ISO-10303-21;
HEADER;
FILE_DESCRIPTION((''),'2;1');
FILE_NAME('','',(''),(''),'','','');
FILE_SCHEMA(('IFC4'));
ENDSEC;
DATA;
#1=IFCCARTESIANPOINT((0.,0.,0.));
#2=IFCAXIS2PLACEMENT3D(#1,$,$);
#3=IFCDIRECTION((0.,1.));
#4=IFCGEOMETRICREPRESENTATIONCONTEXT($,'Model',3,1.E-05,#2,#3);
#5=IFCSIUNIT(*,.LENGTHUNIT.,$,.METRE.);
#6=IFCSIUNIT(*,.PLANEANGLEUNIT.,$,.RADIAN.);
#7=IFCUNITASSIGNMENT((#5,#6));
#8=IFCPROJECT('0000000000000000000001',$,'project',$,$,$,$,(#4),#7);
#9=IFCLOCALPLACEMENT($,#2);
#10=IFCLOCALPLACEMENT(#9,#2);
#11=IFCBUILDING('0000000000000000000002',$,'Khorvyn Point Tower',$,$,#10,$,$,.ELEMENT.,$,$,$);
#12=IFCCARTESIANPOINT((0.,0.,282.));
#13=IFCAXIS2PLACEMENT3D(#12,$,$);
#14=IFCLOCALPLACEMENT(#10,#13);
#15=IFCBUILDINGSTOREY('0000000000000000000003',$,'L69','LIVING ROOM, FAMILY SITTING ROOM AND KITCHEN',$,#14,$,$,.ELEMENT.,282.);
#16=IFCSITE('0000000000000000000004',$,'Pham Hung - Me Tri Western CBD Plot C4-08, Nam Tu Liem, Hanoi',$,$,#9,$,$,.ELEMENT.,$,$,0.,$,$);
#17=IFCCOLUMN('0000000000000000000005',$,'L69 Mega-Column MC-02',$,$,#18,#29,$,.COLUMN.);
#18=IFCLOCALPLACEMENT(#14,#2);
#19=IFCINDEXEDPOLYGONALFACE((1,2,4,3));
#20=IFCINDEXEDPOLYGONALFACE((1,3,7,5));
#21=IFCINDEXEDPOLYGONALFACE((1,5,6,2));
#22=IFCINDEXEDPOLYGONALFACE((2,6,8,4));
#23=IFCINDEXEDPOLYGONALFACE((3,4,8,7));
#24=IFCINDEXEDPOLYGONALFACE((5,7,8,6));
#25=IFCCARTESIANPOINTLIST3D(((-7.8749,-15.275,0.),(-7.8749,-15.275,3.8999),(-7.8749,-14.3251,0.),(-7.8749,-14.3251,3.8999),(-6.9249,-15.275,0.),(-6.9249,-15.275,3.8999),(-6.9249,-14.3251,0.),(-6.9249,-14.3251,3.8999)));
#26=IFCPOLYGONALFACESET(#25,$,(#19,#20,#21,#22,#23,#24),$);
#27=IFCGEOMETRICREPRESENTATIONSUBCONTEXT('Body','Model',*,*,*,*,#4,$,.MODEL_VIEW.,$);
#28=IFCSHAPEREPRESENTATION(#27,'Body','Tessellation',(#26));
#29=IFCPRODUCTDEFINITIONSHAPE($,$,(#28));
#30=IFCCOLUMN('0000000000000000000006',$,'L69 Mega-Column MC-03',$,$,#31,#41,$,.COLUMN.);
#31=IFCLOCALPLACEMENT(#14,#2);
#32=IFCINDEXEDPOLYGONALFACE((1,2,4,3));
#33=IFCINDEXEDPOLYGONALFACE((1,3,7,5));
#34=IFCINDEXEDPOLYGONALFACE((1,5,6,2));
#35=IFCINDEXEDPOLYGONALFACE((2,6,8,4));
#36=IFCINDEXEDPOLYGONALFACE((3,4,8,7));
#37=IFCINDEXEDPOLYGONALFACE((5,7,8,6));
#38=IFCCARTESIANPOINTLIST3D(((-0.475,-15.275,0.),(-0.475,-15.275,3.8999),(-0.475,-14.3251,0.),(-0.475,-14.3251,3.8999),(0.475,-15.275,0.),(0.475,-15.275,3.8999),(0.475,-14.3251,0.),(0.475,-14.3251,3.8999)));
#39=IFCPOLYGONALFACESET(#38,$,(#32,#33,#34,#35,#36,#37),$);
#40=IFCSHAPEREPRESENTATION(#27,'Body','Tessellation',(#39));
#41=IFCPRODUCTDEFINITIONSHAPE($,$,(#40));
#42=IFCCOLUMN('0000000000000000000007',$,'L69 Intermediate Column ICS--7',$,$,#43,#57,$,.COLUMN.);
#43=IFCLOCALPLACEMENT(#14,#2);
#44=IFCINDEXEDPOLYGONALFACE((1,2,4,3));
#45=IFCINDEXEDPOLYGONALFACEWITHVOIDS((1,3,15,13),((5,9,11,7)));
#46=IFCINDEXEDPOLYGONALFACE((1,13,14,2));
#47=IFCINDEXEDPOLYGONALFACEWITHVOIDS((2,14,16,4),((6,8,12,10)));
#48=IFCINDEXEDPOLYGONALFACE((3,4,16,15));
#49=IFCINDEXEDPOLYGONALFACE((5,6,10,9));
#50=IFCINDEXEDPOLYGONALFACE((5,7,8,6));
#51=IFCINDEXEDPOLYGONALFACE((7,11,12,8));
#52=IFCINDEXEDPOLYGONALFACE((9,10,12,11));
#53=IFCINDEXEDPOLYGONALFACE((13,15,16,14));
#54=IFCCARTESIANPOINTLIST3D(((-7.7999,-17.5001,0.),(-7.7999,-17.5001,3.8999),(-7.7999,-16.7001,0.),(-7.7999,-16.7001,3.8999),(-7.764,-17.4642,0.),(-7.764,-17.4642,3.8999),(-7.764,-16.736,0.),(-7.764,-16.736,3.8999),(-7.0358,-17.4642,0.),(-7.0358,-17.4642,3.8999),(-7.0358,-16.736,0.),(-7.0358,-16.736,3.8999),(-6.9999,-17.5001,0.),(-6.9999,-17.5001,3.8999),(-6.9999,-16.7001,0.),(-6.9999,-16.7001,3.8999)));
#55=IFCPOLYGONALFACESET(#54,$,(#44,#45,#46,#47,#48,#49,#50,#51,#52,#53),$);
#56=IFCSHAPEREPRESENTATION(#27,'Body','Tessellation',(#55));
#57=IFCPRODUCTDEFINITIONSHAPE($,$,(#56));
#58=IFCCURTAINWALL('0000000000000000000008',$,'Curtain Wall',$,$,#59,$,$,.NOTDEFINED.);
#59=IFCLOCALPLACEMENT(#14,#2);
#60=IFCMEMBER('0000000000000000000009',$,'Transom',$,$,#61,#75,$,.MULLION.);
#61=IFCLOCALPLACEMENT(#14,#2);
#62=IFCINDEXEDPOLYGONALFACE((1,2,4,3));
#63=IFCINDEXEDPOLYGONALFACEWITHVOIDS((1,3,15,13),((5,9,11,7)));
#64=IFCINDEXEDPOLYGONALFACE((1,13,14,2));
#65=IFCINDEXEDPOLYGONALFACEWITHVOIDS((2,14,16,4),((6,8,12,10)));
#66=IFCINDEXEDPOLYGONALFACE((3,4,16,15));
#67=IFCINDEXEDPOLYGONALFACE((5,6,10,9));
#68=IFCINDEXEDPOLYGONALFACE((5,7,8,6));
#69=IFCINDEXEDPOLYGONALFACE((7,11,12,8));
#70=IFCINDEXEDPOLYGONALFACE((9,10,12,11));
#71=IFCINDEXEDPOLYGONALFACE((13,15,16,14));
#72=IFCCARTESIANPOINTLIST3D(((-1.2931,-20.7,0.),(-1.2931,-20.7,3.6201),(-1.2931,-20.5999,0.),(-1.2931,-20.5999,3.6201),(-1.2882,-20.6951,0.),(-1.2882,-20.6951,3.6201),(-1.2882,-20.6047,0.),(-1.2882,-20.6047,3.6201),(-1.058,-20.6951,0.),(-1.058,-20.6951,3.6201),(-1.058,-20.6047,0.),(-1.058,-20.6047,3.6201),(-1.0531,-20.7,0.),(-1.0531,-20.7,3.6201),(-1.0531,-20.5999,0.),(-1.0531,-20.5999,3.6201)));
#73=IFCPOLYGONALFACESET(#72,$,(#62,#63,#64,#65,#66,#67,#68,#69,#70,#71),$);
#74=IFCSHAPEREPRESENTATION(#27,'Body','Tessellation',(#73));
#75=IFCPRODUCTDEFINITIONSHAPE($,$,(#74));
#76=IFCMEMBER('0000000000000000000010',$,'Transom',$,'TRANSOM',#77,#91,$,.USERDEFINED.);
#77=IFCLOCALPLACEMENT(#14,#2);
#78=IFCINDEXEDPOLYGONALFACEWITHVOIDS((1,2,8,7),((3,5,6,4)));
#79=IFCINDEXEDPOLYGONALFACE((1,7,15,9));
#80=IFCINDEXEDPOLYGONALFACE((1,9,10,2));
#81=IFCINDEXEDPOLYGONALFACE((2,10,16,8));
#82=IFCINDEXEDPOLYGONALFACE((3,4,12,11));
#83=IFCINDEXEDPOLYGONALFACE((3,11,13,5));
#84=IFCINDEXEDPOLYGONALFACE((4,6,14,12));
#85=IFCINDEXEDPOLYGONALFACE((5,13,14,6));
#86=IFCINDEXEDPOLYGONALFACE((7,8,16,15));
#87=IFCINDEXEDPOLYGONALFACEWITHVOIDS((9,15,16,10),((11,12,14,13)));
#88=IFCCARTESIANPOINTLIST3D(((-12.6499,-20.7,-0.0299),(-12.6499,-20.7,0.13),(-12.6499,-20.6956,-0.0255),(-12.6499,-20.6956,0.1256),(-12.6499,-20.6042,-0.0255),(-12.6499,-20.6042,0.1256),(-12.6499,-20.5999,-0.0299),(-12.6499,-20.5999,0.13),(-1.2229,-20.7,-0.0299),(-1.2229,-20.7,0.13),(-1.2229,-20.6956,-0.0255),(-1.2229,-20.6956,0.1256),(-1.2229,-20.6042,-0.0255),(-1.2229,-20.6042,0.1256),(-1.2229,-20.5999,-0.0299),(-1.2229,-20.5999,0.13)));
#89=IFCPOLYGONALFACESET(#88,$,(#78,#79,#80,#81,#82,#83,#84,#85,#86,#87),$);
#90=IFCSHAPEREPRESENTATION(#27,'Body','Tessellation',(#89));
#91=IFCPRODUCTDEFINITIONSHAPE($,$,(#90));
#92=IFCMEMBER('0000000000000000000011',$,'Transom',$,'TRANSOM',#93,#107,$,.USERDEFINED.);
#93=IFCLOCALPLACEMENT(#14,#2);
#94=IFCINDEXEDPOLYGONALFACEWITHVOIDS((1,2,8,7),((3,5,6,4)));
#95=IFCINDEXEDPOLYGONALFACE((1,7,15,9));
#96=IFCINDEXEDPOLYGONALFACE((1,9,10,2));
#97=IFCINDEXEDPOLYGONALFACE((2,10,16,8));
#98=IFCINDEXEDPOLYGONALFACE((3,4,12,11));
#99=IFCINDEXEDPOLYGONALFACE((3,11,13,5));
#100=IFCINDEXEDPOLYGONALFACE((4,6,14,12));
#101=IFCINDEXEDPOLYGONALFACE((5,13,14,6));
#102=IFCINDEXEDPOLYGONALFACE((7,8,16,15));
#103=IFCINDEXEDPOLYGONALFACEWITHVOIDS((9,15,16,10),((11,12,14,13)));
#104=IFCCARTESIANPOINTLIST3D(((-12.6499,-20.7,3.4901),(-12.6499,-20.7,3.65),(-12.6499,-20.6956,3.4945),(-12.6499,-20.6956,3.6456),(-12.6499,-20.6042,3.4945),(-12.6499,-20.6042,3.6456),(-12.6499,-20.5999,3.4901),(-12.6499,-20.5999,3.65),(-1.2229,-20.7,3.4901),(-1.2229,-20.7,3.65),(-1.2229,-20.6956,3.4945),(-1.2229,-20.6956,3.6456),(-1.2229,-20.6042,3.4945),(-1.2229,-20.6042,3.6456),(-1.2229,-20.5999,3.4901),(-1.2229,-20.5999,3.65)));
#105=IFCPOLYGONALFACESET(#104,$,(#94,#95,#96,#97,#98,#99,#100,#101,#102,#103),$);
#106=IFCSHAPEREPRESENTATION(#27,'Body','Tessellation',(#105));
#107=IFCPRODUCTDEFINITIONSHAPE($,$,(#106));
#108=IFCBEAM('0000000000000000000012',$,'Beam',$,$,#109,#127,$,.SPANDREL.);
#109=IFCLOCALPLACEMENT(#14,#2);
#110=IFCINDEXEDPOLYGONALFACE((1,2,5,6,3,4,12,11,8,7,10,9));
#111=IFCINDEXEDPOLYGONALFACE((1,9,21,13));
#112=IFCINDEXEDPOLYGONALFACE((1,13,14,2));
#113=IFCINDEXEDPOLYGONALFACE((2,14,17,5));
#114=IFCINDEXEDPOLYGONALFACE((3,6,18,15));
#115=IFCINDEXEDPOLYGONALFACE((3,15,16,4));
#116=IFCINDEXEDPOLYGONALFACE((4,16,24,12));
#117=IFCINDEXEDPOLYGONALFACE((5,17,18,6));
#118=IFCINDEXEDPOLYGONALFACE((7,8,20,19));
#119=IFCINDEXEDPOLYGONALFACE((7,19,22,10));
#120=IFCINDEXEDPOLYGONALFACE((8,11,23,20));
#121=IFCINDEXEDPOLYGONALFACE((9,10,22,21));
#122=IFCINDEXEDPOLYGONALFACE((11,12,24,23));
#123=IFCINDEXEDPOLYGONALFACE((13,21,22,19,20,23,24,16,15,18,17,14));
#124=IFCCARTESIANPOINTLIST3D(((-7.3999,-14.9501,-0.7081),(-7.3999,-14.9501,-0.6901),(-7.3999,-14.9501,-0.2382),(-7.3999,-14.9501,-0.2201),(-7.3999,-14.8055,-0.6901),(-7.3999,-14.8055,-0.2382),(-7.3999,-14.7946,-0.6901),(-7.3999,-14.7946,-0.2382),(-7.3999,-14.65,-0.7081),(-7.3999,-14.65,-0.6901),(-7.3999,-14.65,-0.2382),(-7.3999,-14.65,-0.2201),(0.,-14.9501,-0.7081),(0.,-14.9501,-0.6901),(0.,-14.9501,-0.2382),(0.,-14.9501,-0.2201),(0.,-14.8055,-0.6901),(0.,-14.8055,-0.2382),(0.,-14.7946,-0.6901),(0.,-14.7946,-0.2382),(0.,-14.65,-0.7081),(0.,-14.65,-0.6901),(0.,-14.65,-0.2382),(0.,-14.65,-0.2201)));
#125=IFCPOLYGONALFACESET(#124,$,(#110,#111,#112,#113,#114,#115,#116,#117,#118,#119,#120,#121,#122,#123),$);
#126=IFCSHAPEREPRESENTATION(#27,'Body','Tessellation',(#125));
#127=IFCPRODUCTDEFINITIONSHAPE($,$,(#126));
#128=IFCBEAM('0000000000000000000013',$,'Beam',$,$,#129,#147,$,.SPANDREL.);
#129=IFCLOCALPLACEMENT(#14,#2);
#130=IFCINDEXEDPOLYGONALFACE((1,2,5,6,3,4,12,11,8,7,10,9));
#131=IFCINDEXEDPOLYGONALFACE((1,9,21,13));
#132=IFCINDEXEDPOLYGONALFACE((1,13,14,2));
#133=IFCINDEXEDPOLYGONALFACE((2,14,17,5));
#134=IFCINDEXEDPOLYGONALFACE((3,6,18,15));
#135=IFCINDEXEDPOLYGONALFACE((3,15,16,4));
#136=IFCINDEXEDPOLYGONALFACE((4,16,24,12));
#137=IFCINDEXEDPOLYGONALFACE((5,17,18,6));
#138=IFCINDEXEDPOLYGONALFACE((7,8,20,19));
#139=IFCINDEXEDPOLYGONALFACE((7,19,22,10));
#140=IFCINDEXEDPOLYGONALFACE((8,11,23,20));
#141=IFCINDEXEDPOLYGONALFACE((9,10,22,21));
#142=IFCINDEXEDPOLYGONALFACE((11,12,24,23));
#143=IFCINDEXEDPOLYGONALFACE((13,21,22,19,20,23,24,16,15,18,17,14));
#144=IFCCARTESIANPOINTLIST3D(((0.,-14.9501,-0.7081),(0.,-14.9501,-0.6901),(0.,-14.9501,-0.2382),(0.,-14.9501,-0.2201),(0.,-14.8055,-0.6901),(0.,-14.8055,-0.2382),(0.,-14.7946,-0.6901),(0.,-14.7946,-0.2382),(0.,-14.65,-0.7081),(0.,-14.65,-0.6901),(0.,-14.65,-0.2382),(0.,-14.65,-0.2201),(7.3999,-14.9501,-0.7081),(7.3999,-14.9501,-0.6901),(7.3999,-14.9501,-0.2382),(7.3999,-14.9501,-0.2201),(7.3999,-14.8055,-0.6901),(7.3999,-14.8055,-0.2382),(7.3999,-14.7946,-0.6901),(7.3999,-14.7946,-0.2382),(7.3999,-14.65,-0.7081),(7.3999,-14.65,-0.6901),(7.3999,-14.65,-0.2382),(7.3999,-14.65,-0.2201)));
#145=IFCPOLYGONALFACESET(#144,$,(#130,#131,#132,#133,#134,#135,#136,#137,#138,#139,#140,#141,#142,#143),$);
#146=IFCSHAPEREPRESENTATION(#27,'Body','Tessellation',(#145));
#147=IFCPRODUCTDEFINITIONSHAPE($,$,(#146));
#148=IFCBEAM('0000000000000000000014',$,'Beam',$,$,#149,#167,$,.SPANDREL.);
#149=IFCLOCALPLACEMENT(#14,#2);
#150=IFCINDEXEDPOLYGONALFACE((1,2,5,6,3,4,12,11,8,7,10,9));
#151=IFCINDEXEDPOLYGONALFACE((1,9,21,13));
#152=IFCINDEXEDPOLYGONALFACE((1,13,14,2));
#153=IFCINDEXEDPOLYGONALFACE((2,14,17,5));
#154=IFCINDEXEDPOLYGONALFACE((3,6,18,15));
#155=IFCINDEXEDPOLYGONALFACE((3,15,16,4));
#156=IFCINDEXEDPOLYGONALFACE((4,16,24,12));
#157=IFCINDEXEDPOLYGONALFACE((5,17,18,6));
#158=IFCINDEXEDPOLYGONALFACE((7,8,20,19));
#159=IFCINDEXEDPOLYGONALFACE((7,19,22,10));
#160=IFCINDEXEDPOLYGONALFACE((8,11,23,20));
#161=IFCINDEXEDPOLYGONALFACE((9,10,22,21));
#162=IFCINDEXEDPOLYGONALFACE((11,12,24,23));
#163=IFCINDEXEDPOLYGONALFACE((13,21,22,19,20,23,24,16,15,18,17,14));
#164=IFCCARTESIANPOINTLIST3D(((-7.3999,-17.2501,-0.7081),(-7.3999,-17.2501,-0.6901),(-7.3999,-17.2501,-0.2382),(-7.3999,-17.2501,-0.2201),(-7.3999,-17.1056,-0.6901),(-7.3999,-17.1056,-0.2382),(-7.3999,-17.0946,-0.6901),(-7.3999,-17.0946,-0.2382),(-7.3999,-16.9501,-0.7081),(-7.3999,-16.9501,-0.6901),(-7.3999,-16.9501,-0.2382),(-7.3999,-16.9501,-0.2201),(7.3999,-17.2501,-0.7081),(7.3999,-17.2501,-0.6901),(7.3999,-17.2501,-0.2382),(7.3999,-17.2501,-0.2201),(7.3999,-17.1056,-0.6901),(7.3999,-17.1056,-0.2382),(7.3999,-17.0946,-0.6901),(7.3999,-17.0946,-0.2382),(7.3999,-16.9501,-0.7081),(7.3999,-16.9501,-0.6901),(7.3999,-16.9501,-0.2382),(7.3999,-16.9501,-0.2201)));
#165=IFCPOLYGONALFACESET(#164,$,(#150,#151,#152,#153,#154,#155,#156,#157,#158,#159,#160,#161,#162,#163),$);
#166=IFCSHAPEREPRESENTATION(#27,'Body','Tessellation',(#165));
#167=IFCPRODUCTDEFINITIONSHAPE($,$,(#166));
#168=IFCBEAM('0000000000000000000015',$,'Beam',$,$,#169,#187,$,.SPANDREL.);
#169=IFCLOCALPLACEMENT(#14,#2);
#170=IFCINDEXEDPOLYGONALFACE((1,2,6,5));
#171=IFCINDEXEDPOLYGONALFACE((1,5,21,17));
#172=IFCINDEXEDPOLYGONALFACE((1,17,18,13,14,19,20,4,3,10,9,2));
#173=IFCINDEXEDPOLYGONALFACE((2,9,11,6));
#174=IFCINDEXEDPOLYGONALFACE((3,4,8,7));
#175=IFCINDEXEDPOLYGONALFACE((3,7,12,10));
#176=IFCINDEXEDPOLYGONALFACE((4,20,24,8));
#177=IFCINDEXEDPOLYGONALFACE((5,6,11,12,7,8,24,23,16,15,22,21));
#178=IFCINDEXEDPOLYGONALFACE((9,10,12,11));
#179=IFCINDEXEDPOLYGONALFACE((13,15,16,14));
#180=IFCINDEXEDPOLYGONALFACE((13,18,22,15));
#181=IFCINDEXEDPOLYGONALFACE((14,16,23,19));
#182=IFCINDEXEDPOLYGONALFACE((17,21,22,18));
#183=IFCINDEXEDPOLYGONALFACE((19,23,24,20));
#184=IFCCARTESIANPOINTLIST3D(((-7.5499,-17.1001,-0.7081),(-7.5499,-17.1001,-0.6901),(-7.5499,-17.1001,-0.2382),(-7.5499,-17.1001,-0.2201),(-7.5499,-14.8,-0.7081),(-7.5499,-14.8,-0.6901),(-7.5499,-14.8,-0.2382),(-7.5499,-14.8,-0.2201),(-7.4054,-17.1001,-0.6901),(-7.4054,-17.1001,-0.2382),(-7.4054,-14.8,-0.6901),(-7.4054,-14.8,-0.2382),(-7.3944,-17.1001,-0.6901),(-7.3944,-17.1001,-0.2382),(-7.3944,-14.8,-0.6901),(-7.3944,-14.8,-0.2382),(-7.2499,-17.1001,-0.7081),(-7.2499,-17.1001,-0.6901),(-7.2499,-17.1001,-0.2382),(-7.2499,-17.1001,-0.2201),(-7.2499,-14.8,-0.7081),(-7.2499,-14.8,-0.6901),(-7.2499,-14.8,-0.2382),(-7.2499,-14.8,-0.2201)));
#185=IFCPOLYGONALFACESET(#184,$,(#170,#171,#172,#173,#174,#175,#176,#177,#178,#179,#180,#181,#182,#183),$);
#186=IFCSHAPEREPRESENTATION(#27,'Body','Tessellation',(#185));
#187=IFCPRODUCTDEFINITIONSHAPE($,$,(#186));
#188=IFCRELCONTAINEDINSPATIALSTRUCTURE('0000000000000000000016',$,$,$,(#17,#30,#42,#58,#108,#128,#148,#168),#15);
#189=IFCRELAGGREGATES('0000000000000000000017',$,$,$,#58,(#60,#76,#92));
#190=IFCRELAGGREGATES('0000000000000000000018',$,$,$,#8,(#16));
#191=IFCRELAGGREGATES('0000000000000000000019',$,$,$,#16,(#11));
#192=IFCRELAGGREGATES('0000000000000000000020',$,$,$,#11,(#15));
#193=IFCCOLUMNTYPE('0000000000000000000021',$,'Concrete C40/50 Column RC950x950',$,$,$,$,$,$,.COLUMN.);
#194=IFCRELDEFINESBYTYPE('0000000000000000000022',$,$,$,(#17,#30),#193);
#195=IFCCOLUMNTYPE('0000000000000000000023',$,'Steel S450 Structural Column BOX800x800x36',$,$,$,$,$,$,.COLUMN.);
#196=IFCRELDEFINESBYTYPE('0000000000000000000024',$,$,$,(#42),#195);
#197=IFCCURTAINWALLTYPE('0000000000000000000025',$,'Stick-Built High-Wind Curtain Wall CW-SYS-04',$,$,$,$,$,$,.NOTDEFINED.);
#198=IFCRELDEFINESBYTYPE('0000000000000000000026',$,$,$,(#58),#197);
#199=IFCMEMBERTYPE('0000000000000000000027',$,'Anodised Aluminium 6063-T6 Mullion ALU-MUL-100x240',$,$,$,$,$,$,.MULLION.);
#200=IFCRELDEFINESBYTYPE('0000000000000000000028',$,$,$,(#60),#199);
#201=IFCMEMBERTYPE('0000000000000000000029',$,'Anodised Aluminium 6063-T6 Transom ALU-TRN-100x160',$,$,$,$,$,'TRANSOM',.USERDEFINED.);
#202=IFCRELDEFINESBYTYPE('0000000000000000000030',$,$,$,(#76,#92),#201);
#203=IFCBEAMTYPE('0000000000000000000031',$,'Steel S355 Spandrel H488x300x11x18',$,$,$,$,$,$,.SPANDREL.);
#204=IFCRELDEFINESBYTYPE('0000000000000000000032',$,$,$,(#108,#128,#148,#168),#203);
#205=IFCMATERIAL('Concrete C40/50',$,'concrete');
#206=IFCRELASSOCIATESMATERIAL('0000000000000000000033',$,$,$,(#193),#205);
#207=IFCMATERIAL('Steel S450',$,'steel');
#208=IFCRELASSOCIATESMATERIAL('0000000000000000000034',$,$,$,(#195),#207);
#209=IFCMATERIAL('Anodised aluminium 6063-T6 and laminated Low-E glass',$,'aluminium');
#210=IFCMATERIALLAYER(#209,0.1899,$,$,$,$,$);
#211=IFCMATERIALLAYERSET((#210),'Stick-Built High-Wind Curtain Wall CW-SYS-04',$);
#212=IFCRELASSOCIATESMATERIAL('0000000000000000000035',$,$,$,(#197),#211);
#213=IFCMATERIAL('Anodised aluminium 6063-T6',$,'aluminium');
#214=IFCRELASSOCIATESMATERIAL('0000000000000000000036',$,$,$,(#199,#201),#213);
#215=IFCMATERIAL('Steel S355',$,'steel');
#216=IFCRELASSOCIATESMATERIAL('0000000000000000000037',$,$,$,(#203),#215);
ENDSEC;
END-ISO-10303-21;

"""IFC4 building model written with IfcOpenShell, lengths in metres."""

from ifc_helpers import new_model, si_unit, direction, frame, origin, origin_2d, place, context, subcontext, project, spatial, rectangle, hollow_rectangle, i_section, extrude, material, layer, layer_set, material_profile, profile_set, type_object, element, aggregate, save


model = new_model("IFC4")

# Units and contexts
model_context = context("Model", 3, precision=1e-05, world=origin(), true_north=direction((0.0, 1.0)))
body_context = subcontext(model_context, "Body", "Model", "MODEL_VIEW")
ifc_project = project(units=[si_unit("LENGTHUNIT", "METRE"), si_unit("PLANEANGLEUNIT", "RADIAN")], contexts=[model_context])

# Site, building, storey
site_placement = place(None, origin())
site = spatial("IfcSite", under=ifc_project, at=site_placement, Name="Pham Hung - Me Tri Western CBD Plot C4-08, Nam Tu Liem, Hanoi", CompositionType="ELEMENT", RefElevation=0.0)
building_placement = place(site_placement, origin())
building = spatial("IfcBuilding", under=site, at=building_placement, Name="Khorvyn Point Tower", CompositionType="ELEMENT")
storey_placement = place(building_placement, frame((0.0, 0.0, 282.0)))
storey = spatial("IfcBuildingStorey", under=building, at=storey_placement, Name="L69", Description="LIVING ROOM, FAMILY SITTING ROOM AND KITCHEN", CompositionType="ELEMENT", Elevation=282.0)

# Columns
ifc_material_1 = material(Name="Concrete C40/50", Category="concrete")
ifc_material_profile_1 = material_profile(ifc_material_1, rectangle(XDim=0.95, YDim=0.95, at=origin_2d()))
ifc_profile_set_1 = profile_set([ifc_material_profile_1], Name="Concrete C40/50 RC950x950")
column_type_1 = type_object("IfcColumnType", Name="Concrete C40/50 Column RC950x950", PredefinedType="COLUMN", material=ifc_profile_set_1)
for number, where, z_axis, x_axis, name in (
    (1, (-7.3999, -14.8, 0.0), (0.0, 0.0, 1.0), (1.0, 0.0, 0.0), "L69 Mega-Column MC-02"),
    (2, (0.0, -14.8, 0.0), (0.0, 0.0, 1.0), (1.0, 0.0, 0.0), "L69 Mega-Column MC-03"),
):
    element("IfcColumn", number, at=place(storey_placement, frame(where, z_axis=z_axis, x_axis=x_axis)), inside=storey, type_object=column_type_1, Name=name, PredefinedType="COLUMN", context=body_context, shape_type="SweptSolid", body=[
        extrude(rectangle(XDim=0.95, YDim=0.95, at=origin_2d()), origin(), (0.0, 0.0, 1.0), 3.8999),
    ])
ifc_material_2 = material(Name="Steel S450", Category="steel")
ifc_material_profile_2 = material_profile(ifc_material_2, hollow_rectangle(XDim=0.8, YDim=0.8, WallThickness=0.0359, at=origin_2d()))
ifc_profile_set_2 = profile_set([ifc_material_profile_2], Name="Steel S450 BOX800x800x36")
column_type_2 = type_object("IfcColumnType", Name="Steel S450 Structural Column BOX800x800x36", PredefinedType="COLUMN", material=ifc_profile_set_2)
column_placement = place(storey_placement, frame((-7.3999, -17.1001, 0.0), z_axis=(0.0, 0.0, 1.0), x_axis=(1.0, 0.0, 0.0)))
element("IfcColumn", 3, at=column_placement, inside=storey, type_object=column_type_2, Name="L69 Intermediate Column ICS--7", PredefinedType="COLUMN", context=body_context, shape_type="SweptSolid", body=[
    extrude(hollow_rectangle(XDim=0.8, YDim=0.8, WallThickness=0.0359, at=origin_2d()), origin(), (0.0, 0.0, 1.0), 3.8999),
])

# Curtain wall, members
ifc_material_3 = material(Name="Anodised aluminium 6063-T6 and laminated Low-E glass", Category="aluminium")
ifc_layer_1 = layer(ifc_material_3, 0.1899)
ifc_layer_set_1 = layer_set([ifc_layer_1], Name="Stick-Built High-Wind Curtain Wall CW-SYS-04")
curtain_wall_type = type_object("IfcCurtainWallType", Name="Stick-Built High-Wind Curtain Wall CW-SYS-04", PredefinedType="NOTDEFINED", material=ifc_layer_set_1)
curtain_wall_placement = place(storey_placement, origin())
curtain_wall = element("IfcCurtainWall", 4, at=curtain_wall_placement, inside=storey, type_object=curtain_wall_type, Name="Curtain Wall", PredefinedType="NOTDEFINED")
ifc_material_4 = material(Name="Anodised aluminium 6063-T6", Category="aluminium")
ifc_material_profile_3 = material_profile(ifc_material_4, hollow_rectangle(XDim=0.1001, YDim=0.24, WallThickness=0.0049, at=origin_2d()))
ifc_profile_set_3 = profile_set([ifc_material_profile_3], Name="Anodised aluminium 6063-T6 ALU-MUL-100x240")
member_type_1 = type_object("IfcMemberType", Name="Anodised Aluminium 6063-T6 Mullion ALU-MUL-100x240", PredefinedType="MULLION", material=ifc_profile_set_3)
member_1_placement = place(storey_placement, frame((-1.1731, -20.6499, 0.0), z_axis=(0.0, 0.0, 1.0), x_axis=(0.0, -1.0, 0.0)))
member_1 = element("IfcMember", 5, at=member_1_placement, type_object=member_type_1, Name="Transom", PredefinedType="MULLION", context=body_context, shape_type="SweptSolid", body=[
    extrude(hollow_rectangle(XDim=0.1001, YDim=0.24, WallThickness=0.0049, at=origin_2d()), origin(), (0.0, 0.0, 1.0), 3.6201),
])
ifc_material_profile_4 = material_profile(ifc_material_4, hollow_rectangle(XDim=0.1001, YDim=0.1599, WallThickness=0.0044, at=origin_2d()))
ifc_profile_set_4 = profile_set([ifc_material_profile_4], Name="Anodised aluminium 6063-T6 ALU-TRN-100x160")
member_type_2 = type_object("IfcMemberType", Name="Anodised Aluminium 6063-T6 Transom ALU-TRN-100x160", ElementType="TRANSOM", PredefinedType="USERDEFINED", material=ifc_profile_set_4)
member_2_placement = place(storey_placement, frame((-1.2229, -20.6499, 0.05), z_axis=(-1.0, 0.0, 0.0), x_axis=(0.0, -1.0, 0.0)))
member_2 = element("IfcMember", 6, at=member_2_placement, type_object=member_type_2, Name="Transom", ObjectType="TRANSOM", PredefinedType="USERDEFINED", context=body_context, shape_type="SweptSolid", body=[
    extrude(hollow_rectangle(XDim=0.1001, YDim=0.1599, WallThickness=0.0044, at=origin_2d()), origin(), (0.0, 0.0, 1.0), 11.427),
])
member_3_placement = place(storey_placement, frame((-1.2229, -20.6499, 3.5701), z_axis=(-1.0, 0.0, 0.0), x_axis=(0.0, -1.0, 0.0)))
member_3 = element("IfcMember", 7, at=member_3_placement, type_object=member_type_2, Name="Transom", ObjectType="TRANSOM", PredefinedType="USERDEFINED", context=body_context, shape_type="SweptSolid", body=[
    extrude(hollow_rectangle(XDim=0.1001, YDim=0.1599, WallThickness=0.0044, at=origin_2d()), origin(), (0.0, 0.0, 1.0), 11.427),
])

# Beams
ifc_material_5 = material(Name="Steel S355", Category="steel")
ifc_material_profile_5 = material_profile(ifc_material_5, i_section(OverallWidth=0.3, OverallDepth=0.488, WebThickness=0.011, FlangeThickness=0.0181, at=origin_2d()))
ifc_profile_set_5 = profile_set([ifc_material_profile_5], Name="Steel S355 H488x300x11x18")
beam_type = type_object("IfcBeamType", Name="Steel S355 Spandrel H488x300x11x18", PredefinedType="SPANDREL", material=ifc_profile_set_5)
for number, where, z_axis, x_axis, name in (
    (8, (-7.3999, -14.8, -0.4641), (1.0, 0.0, 0.0), (0.0, 1.0, 0.0), "Beam"),
    (9, (0.0, -14.8, -0.4641), (1.0, 0.0, 0.0), (0.0, 1.0, 0.0), "Beam"),
):
    element("IfcBeam", number, at=place(storey_placement, frame(where, z_axis=z_axis, x_axis=x_axis)), inside=storey, type_object=beam_type, Name=name, PredefinedType="SPANDREL", context=body_context, shape_type="SweptSolid", body=[
        extrude(i_section(OverallWidth=0.3, OverallDepth=0.488, WebThickness=0.011, FlangeThickness=0.0181, at=origin_2d()), origin(), (0.0, 0.0, 1.0), 7.3999),
    ])
beam_1_placement = place(storey_placement, frame((-7.3999, -17.1001, -0.4641), z_axis=(1.0, 0.0, 0.0), x_axis=(0.0, 1.0, 0.0)))
element("IfcBeam", 10, at=beam_1_placement, inside=storey, type_object=beam_type, Name="Beam", PredefinedType="SPANDREL", context=body_context, shape_type="SweptSolid", body=[
    extrude(i_section(OverallWidth=0.3, OverallDepth=0.488, WebThickness=0.011, FlangeThickness=0.0181, at=origin_2d()), origin(), (0.0, 0.0, 1.0), 14.7998),
])
beam_2_placement = place(storey_placement, frame((-7.3999, -17.1001, -0.4641), z_axis=(0.0, 1.0, 0.0), x_axis=(-1.0, 0.0, 0.0)))
element("IfcBeam", 11, at=beam_2_placement, inside=storey, type_object=beam_type, Name="Beam", PredefinedType="SPANDREL", context=body_context, shape_type="SweptSolid", body=[
    extrude(i_section(OverallWidth=0.3, OverallDepth=0.488, WebThickness=0.011, FlangeThickness=0.0181, at=origin_2d()), origin(), (0.0, 0.0, 1.0), 2.3),
])

aggregate(curtain_wall, [member_1, member_2, member_3])

save(model, "model.ifc")
